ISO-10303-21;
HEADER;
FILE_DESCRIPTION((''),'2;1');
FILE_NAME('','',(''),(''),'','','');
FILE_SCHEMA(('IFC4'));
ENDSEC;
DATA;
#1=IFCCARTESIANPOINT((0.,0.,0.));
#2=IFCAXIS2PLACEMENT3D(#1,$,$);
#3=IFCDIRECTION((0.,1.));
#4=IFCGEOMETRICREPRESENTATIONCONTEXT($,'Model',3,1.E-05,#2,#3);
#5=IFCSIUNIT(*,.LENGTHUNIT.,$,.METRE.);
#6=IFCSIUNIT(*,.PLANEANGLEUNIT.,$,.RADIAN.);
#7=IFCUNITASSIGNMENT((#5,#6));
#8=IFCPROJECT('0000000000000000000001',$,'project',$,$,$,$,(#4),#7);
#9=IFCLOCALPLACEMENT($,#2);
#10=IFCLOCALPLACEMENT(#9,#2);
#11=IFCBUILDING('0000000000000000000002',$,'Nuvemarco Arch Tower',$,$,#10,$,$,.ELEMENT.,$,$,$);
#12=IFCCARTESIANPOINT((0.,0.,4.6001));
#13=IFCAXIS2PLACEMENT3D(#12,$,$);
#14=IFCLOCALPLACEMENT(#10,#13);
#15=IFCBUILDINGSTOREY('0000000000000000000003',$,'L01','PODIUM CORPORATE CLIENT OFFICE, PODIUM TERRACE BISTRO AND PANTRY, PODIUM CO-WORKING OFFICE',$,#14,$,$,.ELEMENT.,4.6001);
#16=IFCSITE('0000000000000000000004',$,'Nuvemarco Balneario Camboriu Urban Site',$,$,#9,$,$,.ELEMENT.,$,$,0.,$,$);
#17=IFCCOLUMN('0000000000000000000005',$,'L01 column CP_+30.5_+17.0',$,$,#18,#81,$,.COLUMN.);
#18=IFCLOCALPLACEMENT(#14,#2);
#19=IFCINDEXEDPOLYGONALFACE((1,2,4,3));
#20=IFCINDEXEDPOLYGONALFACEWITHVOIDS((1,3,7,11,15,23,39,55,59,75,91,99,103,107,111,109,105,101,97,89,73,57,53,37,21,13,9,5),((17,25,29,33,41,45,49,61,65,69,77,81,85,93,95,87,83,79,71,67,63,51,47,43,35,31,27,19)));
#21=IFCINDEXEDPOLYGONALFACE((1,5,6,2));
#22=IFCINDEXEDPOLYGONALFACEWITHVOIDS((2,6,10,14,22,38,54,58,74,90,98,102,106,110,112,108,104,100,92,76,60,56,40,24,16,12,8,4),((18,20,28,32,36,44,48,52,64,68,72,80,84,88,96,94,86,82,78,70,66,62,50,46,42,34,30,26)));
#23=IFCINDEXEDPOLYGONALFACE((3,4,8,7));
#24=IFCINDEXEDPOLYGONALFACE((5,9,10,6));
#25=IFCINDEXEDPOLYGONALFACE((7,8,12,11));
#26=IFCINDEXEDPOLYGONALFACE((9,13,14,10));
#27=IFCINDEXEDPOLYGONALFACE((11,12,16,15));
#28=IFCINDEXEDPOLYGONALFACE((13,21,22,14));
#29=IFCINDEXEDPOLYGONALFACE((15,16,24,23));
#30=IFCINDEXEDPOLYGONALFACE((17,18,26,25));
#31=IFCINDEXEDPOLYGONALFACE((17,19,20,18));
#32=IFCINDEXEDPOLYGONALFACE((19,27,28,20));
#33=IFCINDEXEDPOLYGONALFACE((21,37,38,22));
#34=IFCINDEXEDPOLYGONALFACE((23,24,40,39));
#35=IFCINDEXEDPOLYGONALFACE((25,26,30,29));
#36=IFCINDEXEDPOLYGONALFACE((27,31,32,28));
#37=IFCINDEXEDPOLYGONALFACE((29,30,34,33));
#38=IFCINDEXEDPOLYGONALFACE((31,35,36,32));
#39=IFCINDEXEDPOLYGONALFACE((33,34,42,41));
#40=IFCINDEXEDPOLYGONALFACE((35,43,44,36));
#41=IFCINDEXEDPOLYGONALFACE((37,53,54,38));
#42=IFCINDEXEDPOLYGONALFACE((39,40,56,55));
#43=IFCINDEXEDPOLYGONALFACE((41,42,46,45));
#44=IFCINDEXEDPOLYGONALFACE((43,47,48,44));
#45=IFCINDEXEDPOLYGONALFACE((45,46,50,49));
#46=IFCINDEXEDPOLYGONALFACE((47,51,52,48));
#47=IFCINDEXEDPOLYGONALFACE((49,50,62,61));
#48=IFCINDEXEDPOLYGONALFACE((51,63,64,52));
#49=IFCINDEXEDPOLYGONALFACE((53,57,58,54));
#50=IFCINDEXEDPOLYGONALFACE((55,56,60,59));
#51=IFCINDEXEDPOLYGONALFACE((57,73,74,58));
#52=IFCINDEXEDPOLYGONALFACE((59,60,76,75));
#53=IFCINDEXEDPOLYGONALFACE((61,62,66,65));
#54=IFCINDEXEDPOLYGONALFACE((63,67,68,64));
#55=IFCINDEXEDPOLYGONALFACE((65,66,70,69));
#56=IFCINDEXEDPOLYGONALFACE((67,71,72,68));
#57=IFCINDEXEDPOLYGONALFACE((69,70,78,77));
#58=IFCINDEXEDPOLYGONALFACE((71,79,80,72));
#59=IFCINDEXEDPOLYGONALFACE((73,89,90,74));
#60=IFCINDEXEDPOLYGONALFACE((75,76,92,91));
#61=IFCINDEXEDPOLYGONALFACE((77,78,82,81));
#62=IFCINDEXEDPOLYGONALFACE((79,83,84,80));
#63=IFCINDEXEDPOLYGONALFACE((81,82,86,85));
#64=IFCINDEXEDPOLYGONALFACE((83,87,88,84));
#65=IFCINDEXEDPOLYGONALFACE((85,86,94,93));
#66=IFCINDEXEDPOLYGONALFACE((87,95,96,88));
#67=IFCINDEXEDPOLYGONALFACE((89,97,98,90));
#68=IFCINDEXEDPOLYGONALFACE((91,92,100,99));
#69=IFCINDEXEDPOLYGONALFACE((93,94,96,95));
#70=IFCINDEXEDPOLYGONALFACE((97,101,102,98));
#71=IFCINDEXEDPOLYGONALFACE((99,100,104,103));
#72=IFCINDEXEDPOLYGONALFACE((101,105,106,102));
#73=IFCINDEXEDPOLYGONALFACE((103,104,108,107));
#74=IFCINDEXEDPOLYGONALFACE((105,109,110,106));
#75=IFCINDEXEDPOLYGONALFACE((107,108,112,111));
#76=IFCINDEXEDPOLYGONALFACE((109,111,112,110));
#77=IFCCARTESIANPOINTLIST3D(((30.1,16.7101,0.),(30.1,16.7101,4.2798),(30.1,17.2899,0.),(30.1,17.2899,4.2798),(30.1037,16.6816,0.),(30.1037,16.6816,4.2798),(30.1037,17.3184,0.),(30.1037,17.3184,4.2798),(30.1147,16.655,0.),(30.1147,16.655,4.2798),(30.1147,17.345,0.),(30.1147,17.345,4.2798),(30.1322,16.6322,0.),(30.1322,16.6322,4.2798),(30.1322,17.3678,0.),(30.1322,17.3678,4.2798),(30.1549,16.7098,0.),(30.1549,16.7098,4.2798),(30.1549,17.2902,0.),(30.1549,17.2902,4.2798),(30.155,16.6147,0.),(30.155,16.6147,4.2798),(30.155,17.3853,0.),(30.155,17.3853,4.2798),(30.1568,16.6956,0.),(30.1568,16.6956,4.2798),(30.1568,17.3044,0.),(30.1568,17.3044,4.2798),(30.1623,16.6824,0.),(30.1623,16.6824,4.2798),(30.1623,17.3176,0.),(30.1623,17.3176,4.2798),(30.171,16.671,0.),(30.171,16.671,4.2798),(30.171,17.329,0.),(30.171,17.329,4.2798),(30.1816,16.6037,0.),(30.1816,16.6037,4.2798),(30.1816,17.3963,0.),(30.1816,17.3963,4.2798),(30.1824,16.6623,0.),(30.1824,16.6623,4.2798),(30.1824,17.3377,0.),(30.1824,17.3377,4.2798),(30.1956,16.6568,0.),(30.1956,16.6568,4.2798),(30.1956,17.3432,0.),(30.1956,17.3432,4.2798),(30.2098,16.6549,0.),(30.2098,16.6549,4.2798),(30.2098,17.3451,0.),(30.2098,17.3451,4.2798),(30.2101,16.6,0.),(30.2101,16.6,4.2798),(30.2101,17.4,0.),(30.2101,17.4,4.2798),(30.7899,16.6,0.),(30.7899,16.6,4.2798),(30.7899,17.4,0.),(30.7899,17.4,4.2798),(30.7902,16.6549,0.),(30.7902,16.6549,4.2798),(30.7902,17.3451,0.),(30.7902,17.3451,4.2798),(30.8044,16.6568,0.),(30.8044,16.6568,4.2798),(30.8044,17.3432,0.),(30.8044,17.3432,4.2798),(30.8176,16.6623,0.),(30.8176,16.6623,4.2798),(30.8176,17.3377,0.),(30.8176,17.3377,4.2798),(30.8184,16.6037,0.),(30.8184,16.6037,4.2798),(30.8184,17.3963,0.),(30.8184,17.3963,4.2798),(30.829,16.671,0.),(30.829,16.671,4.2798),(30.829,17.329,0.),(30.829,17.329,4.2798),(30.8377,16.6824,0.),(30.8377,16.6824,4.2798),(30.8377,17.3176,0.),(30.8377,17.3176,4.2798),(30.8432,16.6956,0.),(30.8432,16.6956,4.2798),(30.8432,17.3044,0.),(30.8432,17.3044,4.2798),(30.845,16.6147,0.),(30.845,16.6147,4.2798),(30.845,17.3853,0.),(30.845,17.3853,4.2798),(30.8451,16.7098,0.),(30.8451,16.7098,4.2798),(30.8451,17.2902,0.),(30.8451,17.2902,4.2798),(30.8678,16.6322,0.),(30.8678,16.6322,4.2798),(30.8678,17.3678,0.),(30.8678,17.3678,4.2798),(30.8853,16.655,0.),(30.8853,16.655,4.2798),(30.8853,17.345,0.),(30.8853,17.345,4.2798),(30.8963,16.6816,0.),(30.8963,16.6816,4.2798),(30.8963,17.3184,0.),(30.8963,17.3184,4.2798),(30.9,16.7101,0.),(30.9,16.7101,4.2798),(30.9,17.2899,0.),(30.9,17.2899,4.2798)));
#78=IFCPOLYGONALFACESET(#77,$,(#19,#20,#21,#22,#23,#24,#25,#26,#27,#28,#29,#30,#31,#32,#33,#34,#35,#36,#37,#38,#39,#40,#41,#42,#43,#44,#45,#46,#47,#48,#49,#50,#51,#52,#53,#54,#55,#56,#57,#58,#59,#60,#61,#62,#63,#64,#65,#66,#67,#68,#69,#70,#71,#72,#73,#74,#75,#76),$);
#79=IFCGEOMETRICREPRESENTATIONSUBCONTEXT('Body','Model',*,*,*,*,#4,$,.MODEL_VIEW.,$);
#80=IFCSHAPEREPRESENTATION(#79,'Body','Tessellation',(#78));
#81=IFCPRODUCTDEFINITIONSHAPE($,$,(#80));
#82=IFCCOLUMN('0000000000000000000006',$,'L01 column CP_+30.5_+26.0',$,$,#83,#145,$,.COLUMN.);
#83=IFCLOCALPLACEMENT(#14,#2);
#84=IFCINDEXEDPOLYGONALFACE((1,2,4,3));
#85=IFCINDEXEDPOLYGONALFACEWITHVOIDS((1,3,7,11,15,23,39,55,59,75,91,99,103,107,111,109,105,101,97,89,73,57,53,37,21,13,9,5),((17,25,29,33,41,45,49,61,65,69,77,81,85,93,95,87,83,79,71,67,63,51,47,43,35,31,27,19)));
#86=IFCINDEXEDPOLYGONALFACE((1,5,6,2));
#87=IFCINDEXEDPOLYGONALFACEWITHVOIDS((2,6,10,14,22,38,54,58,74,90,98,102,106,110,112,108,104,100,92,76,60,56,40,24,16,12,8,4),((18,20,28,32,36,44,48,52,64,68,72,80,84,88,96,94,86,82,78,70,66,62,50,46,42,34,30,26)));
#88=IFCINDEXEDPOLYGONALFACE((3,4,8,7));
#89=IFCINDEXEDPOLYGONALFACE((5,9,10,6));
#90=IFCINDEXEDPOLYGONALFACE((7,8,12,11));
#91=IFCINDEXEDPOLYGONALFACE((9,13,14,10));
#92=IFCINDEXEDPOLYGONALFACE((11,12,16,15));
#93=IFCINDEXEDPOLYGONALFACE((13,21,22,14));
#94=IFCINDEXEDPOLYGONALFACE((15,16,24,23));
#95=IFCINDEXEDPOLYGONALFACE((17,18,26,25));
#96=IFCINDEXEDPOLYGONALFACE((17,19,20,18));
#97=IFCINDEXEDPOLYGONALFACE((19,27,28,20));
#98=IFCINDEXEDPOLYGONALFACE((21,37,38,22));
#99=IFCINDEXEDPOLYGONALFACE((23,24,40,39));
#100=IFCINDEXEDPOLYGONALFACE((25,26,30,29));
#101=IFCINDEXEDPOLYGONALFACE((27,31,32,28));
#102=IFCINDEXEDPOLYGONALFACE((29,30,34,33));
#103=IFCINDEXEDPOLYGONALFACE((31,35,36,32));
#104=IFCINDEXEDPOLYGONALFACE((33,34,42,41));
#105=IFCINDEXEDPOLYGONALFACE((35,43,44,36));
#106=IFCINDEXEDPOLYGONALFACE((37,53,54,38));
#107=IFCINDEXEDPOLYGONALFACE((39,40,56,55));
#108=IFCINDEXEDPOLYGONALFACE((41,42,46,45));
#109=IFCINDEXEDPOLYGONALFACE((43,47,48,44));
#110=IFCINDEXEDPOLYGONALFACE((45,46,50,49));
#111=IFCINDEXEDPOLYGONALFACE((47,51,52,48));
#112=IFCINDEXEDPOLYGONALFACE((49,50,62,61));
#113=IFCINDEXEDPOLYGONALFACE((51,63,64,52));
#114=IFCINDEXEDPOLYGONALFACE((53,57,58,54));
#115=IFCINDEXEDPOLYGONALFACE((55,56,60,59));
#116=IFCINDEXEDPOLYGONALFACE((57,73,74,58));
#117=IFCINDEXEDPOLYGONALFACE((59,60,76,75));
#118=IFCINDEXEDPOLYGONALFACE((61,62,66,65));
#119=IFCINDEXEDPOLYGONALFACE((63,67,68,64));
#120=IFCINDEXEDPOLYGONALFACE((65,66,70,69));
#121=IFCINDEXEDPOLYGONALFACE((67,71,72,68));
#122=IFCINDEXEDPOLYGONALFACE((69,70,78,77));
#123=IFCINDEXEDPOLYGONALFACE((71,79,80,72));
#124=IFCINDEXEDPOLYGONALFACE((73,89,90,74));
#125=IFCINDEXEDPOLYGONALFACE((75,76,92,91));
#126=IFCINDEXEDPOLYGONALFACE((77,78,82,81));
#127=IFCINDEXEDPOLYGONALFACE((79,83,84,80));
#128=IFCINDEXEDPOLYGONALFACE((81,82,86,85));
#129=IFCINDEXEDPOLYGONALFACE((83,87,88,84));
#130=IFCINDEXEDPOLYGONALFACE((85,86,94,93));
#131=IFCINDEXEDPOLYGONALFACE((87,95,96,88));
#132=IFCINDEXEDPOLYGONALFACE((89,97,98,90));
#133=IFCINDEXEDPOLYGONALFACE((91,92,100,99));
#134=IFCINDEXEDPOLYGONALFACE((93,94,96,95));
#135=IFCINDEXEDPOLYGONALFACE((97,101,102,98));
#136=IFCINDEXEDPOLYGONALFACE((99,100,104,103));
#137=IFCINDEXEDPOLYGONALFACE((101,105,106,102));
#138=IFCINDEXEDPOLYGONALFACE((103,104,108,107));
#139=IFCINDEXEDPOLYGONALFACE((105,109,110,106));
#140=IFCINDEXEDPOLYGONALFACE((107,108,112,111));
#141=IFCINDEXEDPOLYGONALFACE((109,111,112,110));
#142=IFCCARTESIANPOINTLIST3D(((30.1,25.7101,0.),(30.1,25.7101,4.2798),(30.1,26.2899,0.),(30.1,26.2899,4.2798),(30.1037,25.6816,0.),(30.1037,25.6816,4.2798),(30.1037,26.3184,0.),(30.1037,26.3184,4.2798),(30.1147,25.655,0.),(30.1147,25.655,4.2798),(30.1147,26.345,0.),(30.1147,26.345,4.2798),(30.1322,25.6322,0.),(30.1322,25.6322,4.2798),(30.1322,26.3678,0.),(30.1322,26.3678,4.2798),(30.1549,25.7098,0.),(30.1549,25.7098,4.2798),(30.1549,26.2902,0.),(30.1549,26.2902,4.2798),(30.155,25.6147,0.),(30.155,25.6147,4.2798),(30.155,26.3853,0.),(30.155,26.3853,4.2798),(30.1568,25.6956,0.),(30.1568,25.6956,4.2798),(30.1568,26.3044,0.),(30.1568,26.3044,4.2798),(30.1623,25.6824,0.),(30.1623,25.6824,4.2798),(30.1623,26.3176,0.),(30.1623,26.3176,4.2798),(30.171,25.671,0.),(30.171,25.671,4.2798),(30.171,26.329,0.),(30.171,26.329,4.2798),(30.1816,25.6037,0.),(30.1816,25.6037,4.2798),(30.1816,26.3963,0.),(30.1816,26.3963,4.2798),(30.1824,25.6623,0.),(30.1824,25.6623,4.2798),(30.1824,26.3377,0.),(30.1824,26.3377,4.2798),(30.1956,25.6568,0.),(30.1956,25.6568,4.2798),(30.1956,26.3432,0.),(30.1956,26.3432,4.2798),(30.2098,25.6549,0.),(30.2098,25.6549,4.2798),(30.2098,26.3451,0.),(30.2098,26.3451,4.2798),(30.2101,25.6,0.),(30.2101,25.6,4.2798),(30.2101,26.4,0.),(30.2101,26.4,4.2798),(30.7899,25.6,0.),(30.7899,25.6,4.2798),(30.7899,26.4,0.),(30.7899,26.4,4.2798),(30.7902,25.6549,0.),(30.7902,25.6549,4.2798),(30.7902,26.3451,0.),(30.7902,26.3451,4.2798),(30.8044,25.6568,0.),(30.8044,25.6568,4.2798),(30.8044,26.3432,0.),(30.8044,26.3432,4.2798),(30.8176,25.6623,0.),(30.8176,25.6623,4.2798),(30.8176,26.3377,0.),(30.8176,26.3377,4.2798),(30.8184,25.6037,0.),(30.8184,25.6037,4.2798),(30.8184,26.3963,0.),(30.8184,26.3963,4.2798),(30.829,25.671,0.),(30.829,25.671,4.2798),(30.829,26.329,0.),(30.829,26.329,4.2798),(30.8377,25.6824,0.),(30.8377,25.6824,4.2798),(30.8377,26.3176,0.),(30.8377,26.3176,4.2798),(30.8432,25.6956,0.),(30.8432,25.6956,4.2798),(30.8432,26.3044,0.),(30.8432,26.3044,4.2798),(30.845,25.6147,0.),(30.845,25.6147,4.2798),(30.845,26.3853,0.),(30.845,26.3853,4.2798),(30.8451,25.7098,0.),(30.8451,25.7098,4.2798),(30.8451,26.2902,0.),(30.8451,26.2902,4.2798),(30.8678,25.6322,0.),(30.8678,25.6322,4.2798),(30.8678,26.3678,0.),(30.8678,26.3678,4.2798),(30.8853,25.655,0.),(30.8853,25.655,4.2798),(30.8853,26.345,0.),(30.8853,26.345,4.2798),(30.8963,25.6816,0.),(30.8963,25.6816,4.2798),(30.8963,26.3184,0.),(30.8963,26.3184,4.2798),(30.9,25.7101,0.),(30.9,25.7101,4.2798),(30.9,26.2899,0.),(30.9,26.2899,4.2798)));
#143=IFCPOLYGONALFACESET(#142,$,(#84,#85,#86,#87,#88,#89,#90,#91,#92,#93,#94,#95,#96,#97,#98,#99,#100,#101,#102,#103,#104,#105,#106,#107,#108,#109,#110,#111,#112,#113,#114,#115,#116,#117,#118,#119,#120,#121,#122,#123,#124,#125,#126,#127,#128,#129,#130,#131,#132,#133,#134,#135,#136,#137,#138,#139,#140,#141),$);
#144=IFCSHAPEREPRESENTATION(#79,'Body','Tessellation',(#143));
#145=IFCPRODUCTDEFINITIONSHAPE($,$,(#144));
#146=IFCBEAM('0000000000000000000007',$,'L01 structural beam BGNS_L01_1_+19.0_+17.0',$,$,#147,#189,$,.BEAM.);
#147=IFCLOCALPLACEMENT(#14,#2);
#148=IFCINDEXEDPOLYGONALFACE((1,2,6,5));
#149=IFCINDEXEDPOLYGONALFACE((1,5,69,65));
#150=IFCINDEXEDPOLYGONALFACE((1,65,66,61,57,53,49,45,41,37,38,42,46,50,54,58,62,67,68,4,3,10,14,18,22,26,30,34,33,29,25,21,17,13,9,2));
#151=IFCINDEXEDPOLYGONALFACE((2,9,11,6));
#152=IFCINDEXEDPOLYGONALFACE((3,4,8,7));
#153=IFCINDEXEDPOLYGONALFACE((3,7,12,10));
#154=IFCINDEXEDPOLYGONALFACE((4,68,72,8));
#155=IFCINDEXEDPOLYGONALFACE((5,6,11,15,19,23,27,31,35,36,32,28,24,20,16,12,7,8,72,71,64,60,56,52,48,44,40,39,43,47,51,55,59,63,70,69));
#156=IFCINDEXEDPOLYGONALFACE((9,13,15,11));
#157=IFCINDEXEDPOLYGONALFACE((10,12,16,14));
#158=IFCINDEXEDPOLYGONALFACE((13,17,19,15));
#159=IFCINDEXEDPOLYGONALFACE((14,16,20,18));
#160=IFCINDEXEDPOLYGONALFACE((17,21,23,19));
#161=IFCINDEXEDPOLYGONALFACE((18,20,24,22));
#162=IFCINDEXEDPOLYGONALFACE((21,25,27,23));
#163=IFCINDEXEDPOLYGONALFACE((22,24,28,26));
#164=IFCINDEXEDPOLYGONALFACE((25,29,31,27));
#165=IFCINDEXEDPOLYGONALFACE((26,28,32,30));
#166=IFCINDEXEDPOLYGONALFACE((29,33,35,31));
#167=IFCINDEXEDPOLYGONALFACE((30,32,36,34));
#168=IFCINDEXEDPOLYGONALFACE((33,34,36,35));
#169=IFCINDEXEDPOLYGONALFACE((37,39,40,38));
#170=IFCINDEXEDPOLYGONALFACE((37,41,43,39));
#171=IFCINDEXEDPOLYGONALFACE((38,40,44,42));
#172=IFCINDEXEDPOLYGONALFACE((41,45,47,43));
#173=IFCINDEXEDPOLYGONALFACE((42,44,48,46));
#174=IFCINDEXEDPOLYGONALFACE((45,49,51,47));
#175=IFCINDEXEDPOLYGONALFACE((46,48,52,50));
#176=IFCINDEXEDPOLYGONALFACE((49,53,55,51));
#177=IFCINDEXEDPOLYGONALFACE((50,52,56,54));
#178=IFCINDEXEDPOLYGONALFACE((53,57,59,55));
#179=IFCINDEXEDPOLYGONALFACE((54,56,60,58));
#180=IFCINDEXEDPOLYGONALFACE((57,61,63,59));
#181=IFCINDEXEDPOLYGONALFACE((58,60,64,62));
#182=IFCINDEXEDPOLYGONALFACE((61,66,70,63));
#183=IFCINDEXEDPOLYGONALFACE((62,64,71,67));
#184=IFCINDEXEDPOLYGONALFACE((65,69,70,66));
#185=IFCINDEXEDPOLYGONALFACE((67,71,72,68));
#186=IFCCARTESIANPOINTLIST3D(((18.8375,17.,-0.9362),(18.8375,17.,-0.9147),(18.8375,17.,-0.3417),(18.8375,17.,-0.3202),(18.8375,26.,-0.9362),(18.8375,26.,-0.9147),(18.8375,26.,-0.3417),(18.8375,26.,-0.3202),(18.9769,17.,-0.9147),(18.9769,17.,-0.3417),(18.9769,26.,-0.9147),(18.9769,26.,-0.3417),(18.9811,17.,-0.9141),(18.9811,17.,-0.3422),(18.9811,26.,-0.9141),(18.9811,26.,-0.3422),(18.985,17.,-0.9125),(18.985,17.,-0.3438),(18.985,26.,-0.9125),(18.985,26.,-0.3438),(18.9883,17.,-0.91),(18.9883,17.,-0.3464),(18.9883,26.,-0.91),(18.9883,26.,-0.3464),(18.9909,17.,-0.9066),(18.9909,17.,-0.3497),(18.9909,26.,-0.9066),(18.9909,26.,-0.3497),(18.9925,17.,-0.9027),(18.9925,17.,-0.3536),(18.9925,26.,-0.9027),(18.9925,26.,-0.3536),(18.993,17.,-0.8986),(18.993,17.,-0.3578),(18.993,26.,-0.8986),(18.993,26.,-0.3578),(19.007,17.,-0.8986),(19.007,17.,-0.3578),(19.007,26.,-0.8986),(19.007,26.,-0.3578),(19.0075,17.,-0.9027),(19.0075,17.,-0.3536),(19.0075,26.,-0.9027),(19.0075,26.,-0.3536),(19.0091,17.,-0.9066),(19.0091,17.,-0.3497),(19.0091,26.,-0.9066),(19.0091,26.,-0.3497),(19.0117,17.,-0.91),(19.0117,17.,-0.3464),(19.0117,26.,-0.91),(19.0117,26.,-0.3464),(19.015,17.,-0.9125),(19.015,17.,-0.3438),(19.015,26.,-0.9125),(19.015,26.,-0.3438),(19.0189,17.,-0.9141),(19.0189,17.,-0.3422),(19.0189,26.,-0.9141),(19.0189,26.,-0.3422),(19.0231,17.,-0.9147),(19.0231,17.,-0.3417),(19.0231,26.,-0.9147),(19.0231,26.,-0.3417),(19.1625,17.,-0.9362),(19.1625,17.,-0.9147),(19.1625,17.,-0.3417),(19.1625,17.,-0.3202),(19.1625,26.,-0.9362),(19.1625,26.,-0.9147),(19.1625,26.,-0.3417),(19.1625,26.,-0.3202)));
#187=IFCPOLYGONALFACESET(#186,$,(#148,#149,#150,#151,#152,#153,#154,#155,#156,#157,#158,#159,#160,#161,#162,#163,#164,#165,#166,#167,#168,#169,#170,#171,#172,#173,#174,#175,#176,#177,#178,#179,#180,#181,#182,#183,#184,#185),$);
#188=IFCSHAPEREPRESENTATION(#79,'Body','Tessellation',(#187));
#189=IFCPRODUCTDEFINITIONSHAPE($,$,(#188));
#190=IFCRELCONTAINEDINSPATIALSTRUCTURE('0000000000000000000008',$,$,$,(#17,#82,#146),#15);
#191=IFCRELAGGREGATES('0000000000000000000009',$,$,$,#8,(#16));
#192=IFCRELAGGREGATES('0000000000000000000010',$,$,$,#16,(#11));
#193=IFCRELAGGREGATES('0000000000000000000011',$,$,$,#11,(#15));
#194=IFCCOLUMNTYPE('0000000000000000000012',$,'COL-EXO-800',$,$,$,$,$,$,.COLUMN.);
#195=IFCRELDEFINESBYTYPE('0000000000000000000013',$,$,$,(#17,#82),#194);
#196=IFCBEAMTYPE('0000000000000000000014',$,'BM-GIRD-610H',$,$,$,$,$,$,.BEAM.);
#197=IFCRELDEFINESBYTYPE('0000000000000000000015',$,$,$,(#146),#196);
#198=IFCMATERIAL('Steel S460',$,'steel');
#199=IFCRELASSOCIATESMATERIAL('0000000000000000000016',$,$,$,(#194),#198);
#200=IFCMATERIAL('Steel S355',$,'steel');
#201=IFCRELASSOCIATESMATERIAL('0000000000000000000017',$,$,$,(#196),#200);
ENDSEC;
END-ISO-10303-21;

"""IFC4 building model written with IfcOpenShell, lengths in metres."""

from ifc_helpers import new_model, si_unit, direction, frame, origin, origin_2d, place, context, subcontext, project, spatial, hollow_rectangle, i_section, extrude, material, material_profile, profile_set, type_object, element, save


model = new_model("IFC4")

# Units and contexts
model_context = context("Model", 3, precision=1e-05, world=origin(), true_north=direction((0.0, 1.0)))
body_context = subcontext(model_context, "Body", "Model", "MODEL_VIEW")
ifc_project = project(units=[si_unit("LENGTHUNIT", "METRE"), si_unit("PLANEANGLEUNIT", "RADIAN")], contexts=[model_context])

# Site, building, storey
site_placement = place(None, origin())
site = spatial("IfcSite", under=ifc_project, at=site_placement, Name="Nuvemarco Balneario Camboriu Urban Site", CompositionType="ELEMENT", RefElevation=0.0)
building_placement = place(site_placement, origin())
building = spatial("IfcBuilding", under=site, at=building_placement, Name="Nuvemarco Arch Tower", CompositionType="ELEMENT")
storey_placement = place(building_placement, frame((0.0, 0.0, 4.6001)))
storey = spatial("IfcBuildingStorey", under=building, at=storey_placement, Name="L01", Description="PODIUM CORPORATE CLIENT OFFICE, PODIUM TERRACE BISTRO AND PANTRY, PODIUM CO-WORKING OFFICE", CompositionType="ELEMENT", Elevation=4.6001)

# Columns
ifc_material_1 = material(Name="Steel S460", Category="steel")
ifc_material_profile_1 = material_profile(ifc_material_1, hollow_rectangle(XDim=0.8, YDim=0.8, WallThickness=0.0549, InnerFilletRadius=0.0549, OuterFilletRadius=0.1101, at=origin_2d()), Name="SHS800x800x55")
ifc_profile_set_1 = profile_set([ifc_material_profile_1], Name="Steel S460")
column_type_1 = type_object("IfcColumnType", Name="COL-EXO-800", PredefinedType="COLUMN", material=ifc_profile_set_1)
for number, where, z_axis, x_axis, name in (
    (1, (30.5, 17.0, 0.0), (0.0, 0.0, 1.0), (1.0, 0.0, 0.0), "L01 column CP_+30.5_+17.0"),
    (2, (30.5, 26.0, 0.0), (0.0, 0.0, 1.0), (1.0, 0.0, 0.0), "L01 column CP_+30.5_+26.0"),
):
    element("IfcColumn", number, at=place(storey_placement, frame(where, z_axis=z_axis, x_axis=x_axis)), inside=storey, type_object=column_type_1, Name=name, PredefinedType="COLUMN", context=body_context, shape_type="SweptSolid", body=[
        extrude(hollow_rectangle(XDim=0.8, YDim=0.8, WallThickness=0.0549, InnerFilletRadius=0.0549, OuterFilletRadius=0.1101, at=origin_2d()), origin(), (0.0, 0.0, 1.0), 4.2798),
    ])

# Beam
ifc_material_2 = material(Name="Steel S355", Category="steel")
ifc_material_profile_2 = material_profile(ifc_material_2, i_section(OverallWidth=0.325, OverallDepth=0.616, WebThickness=0.0139, FlangeThickness=0.0215, FilletRadius=0.0161, at=origin_2d()), Name="W610x174")
ifc_profile_set_2 = profile_set([ifc_material_profile_2], Name="Steel S355")
beam_type_1 = type_object("IfcBeamType", Name="BM-GIRD-610H", PredefinedType="BEAM", material=ifc_profile_set_2)
beam_1_placement = place(storey_placement, frame((19.0, 17.0, -0.6282), z_axis=(0.0, 1.0, 0.0), x_axis=(-1.0, 0.0, 0.0)))
element("IfcBeam", 3, at=beam_1_placement, inside=storey, type_object=beam_type_1, Name="L01 structural beam BGNS_L01_1_+19.0_+17.0", PredefinedType="BEAM", context=body_context, shape_type="SweptSolid", body=[
    extrude(i_section(OverallWidth=0.325, OverallDepth=0.616, WebThickness=0.0139, FlangeThickness=0.0215, FilletRadius=0.0161, at=origin_2d()), origin(), (0.0, 0.0, 1.0), 9.0),
])

save(model, "model.ifc")
